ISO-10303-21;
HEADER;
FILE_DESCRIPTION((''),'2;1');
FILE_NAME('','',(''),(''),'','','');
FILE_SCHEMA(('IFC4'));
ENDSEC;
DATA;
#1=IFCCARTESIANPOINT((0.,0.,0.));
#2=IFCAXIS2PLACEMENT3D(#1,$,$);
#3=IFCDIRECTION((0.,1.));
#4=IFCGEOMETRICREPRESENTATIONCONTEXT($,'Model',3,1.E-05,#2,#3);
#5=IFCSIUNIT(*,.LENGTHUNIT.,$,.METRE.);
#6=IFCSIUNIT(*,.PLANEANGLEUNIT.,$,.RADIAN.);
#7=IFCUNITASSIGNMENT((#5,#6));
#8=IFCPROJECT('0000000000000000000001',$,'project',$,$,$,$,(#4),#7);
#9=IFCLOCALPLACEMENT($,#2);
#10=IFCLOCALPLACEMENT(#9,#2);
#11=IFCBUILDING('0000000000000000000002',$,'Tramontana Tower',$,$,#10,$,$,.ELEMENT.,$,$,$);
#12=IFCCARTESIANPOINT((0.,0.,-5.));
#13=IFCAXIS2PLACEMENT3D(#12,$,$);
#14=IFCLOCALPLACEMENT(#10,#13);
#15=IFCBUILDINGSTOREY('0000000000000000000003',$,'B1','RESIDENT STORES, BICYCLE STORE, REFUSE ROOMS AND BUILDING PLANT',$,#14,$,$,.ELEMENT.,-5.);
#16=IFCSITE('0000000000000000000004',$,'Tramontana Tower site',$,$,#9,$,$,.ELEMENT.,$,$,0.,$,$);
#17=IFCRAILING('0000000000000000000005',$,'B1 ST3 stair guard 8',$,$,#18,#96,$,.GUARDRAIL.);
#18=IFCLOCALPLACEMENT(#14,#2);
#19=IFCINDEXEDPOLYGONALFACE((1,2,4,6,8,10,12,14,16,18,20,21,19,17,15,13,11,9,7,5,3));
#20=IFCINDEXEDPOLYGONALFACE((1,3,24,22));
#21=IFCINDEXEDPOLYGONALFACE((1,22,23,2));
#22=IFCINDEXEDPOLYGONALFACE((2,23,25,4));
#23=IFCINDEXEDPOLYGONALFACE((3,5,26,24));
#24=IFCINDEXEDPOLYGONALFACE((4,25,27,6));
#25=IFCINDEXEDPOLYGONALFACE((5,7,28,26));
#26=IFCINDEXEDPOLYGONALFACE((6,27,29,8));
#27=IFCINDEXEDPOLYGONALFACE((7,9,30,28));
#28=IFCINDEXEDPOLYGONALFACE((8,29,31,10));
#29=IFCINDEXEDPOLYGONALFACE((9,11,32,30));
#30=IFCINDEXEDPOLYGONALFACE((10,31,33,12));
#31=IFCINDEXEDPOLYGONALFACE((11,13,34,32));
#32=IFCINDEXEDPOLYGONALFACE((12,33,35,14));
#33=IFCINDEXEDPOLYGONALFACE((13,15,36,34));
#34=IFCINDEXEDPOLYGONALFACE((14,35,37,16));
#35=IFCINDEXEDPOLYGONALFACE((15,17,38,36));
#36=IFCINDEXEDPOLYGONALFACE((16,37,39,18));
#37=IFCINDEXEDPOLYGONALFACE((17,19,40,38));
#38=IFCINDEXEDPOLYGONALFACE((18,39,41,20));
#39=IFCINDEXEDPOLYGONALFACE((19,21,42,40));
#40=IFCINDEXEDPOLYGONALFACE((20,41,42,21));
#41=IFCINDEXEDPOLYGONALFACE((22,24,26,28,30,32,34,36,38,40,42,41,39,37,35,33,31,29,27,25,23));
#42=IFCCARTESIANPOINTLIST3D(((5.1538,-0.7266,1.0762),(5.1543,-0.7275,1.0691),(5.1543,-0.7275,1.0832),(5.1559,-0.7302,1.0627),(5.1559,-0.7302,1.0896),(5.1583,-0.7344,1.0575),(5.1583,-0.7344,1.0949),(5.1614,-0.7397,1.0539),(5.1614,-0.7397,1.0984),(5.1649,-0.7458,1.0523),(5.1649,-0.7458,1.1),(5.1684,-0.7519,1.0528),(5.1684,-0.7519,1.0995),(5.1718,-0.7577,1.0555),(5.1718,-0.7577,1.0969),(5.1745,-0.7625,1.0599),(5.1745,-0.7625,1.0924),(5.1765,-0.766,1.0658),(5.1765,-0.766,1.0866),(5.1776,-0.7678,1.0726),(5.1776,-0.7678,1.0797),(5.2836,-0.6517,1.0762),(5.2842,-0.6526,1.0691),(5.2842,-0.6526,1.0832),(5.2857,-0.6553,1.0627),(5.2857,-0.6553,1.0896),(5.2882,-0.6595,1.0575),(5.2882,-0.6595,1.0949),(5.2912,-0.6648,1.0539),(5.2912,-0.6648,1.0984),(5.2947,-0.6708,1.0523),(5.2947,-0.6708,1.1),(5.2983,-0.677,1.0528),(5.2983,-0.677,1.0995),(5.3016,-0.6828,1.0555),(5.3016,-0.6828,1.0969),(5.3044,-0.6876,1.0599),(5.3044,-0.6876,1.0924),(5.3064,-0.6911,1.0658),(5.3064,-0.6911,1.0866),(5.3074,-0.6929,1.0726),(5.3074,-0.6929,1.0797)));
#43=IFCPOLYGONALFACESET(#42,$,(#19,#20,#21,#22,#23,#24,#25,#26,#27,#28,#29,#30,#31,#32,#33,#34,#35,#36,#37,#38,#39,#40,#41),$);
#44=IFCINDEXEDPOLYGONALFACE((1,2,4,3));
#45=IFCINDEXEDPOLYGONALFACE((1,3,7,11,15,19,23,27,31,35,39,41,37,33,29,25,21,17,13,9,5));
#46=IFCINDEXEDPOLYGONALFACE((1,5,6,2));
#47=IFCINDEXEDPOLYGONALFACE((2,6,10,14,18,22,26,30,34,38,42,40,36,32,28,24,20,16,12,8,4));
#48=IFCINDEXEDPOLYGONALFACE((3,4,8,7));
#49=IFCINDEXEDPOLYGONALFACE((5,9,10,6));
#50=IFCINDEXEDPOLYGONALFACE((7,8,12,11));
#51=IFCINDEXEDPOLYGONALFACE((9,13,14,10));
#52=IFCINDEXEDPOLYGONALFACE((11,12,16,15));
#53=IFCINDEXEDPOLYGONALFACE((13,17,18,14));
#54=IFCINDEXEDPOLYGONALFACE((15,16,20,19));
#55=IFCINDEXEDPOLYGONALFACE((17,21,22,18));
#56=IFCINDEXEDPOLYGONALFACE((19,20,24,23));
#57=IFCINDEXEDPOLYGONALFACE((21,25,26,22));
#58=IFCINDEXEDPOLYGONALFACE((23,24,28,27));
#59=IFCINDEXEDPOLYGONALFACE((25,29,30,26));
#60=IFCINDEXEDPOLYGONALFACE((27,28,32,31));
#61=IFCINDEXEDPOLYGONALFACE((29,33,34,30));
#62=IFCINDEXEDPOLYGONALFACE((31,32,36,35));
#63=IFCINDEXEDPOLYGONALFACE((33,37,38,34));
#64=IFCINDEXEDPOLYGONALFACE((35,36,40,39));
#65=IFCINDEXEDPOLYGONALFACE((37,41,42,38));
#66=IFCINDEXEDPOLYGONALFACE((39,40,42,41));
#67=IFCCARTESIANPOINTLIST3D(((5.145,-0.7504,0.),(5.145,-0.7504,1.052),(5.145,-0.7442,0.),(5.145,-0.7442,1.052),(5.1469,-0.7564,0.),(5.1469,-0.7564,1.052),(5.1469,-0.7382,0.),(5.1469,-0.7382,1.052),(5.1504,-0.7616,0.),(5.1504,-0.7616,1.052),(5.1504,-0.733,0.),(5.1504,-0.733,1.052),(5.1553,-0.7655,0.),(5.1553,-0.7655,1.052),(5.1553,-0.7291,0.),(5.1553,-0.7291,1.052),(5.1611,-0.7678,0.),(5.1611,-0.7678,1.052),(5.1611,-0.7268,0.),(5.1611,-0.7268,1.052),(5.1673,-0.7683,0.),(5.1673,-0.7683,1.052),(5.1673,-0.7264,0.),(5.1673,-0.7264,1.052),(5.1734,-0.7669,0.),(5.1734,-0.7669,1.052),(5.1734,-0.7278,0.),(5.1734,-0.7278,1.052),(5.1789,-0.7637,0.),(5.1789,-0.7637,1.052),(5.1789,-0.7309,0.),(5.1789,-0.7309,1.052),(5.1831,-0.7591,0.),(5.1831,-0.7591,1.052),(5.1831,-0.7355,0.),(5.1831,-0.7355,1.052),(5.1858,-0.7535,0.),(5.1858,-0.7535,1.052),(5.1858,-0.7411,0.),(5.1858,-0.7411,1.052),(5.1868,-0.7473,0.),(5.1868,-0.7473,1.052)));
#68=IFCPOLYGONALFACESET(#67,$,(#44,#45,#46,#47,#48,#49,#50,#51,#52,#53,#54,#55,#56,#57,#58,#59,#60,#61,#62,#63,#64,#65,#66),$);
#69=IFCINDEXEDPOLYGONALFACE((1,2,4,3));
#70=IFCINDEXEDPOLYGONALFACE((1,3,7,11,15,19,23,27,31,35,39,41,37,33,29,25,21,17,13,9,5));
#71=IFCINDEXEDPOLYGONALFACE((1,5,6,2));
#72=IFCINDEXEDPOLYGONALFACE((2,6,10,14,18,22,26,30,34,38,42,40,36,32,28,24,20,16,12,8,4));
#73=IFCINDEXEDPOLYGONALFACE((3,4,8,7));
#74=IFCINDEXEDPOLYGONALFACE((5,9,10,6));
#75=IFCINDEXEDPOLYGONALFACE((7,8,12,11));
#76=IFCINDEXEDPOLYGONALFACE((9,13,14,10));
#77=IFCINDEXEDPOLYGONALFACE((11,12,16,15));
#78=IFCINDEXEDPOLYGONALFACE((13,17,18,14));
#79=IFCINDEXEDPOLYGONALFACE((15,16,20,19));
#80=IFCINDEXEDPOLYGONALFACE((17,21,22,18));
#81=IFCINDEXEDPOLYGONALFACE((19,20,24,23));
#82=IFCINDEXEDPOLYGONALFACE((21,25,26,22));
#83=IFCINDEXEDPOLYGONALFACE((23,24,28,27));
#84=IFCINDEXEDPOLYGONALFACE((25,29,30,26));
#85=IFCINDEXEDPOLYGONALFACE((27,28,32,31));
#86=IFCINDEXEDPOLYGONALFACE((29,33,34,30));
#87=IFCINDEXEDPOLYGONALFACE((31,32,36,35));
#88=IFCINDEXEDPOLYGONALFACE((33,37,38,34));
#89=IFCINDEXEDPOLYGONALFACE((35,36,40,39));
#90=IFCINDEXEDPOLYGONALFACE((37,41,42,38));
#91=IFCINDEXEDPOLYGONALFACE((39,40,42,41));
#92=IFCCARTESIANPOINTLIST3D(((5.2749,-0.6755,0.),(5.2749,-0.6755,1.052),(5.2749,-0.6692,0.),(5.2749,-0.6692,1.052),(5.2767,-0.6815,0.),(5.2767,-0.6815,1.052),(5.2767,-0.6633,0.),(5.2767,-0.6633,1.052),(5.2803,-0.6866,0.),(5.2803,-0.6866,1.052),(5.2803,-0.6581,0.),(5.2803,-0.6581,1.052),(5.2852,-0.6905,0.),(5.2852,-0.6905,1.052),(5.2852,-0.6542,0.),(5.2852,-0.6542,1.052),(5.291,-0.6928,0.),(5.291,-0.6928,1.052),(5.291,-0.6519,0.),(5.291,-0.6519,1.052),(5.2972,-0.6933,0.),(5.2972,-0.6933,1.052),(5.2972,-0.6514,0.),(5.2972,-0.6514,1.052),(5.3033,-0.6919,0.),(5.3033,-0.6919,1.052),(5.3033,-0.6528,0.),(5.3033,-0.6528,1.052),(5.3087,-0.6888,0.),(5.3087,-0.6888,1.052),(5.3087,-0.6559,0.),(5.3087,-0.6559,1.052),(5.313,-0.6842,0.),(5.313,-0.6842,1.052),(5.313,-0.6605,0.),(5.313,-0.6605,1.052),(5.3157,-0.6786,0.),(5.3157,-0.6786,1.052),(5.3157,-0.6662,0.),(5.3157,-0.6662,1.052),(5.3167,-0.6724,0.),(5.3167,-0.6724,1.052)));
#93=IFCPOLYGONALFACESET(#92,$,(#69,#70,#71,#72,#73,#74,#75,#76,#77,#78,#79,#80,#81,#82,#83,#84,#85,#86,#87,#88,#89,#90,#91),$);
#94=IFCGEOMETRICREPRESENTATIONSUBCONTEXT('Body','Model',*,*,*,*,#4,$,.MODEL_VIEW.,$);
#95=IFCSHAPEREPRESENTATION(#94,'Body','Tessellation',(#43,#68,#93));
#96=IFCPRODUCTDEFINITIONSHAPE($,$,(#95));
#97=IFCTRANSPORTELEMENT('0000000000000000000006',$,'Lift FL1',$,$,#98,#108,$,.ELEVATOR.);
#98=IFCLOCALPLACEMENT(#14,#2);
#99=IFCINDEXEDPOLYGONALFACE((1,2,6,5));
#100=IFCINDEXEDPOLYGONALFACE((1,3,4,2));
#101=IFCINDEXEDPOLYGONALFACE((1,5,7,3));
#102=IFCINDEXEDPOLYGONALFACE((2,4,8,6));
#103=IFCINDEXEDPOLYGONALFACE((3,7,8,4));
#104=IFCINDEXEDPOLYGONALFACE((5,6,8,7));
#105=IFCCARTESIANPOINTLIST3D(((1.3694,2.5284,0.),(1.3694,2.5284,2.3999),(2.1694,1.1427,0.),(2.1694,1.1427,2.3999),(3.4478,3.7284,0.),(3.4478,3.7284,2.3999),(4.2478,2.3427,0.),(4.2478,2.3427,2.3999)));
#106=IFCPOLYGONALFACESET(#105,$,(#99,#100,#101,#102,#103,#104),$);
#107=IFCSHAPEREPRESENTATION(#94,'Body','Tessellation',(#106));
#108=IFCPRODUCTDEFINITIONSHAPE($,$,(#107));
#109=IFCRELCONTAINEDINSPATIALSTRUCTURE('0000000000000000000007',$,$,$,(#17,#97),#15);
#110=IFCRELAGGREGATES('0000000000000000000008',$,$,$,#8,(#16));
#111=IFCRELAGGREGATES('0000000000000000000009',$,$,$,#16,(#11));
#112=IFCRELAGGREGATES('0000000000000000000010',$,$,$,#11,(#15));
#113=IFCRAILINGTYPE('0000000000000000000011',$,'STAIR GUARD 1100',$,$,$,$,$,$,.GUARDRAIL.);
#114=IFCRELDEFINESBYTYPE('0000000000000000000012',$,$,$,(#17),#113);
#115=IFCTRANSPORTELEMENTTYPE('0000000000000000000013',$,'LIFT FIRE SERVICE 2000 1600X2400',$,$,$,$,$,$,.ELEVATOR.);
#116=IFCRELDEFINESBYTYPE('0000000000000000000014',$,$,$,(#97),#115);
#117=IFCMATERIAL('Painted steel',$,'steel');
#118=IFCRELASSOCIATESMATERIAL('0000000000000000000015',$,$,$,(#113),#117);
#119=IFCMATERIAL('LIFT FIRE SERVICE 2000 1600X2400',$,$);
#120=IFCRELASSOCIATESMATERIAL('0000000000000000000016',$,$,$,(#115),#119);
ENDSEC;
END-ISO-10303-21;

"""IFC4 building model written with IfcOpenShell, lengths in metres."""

from ifc_helpers import new_model, si_unit, direction, frame, origin, origin_2d, place, context, subcontext, project, spatial, rectangle, circle, extrude, material, type_object, element, save


model = new_model("IFC4")

# Units and contexts
model_context = context("Model", 3, precision=1e-05, world=origin(), true_north=direction((0.0, 1.0)))
body_context = subcontext(model_context, "Body", "Model", "MODEL_VIEW")
ifc_project = project(units=[si_unit("LENGTHUNIT", "METRE"), si_unit("PLANEANGLEUNIT", "RADIAN")], contexts=[model_context])

# Site, building, storey
site_placement = place(None, origin())
site = spatial("IfcSite", under=ifc_project, at=site_placement, Name="Tramontana Tower site", CompositionType="ELEMENT", RefElevation=0.0)
building_placement = place(site_placement, origin())
building = spatial("IfcBuilding", under=site, at=building_placement, Name="Tramontana Tower", CompositionType="ELEMENT")
storey_placement = place(building_placement, frame((0.0, 0.0, -5.0)))
storey = spatial("IfcBuildingStorey", under=building, at=storey_placement, Name="B1", Description="RESIDENT STORES, BICYCLE STORE, REFUSE ROOMS AND BUILDING PLANT", CompositionType="ELEMENT", Elevation=-5.0)

# Railing
ifc_material_1 = material(Name="Painted steel", Category="steel")
railing_type = type_object("IfcRailingType", Name="STAIR GUARD 1100", PredefinedType="GUARDRAIL", material=ifc_material_1)
for number, where, name in (
    (1, (5.1658, -0.7473, 0.0), "B1 ST3 stair guard 8"),
):
    element("IfcRailing", number, at=place(storey_placement, frame(where)), inside=storey, type_object=railing_type, Name=name, PredefinedType="GUARDRAIL", context=body_context, shape_type="SweptSolid", body=[
        extrude(circle(Radius=0.0239, at=origin_2d()), frame((0.0, 0.0, 1.0762), z_axis=(0.866131, 0.499816, 0.0), x_axis=(-0.499816, 0.866131, 0.0)), (0.0, 0.0, 1.0), 0.1499),
        extrude(circle(Radius=0.021, at=origin_2d()), origin(), (0.0, 0.0, 1.0), 1.052),
        extrude(circle(Radius=0.021, at=origin_2d()), frame((0.1299, 0.075, 0.0)), (0.0, 0.0, 1.0), 1.052),
    ])

# Transport element
ifc_material_2 = material(Name="LIFT FIRE SERVICE 2000 1600X2400")
transport_element_type = type_object("IfcTransportElementType", Name="LIFT FIRE SERVICE 2000 1600X2400", PredefinedType="ELEVATOR", material=ifc_material_2)
transport_element_placement = place(storey_placement, frame((2.8086, 2.4355, 0.0), z_axis=(0.0, 0.0, 1.0), x_axis=(-0.5, 0.866025, 0.0)))
element("IfcTransportElement", 2, at=transport_element_placement, inside=storey, type_object=transport_element_type, Name="Lift FL1", PredefinedType="ELEVATOR", context=body_context, shape_type="SweptSolid", body=[
    extrude(rectangle(XDim=1.6001, YDim=2.3999, at=origin_2d()), origin(), (0.0, 0.0, 1.0), 2.3999),
])

save(model, "model.ifc")
